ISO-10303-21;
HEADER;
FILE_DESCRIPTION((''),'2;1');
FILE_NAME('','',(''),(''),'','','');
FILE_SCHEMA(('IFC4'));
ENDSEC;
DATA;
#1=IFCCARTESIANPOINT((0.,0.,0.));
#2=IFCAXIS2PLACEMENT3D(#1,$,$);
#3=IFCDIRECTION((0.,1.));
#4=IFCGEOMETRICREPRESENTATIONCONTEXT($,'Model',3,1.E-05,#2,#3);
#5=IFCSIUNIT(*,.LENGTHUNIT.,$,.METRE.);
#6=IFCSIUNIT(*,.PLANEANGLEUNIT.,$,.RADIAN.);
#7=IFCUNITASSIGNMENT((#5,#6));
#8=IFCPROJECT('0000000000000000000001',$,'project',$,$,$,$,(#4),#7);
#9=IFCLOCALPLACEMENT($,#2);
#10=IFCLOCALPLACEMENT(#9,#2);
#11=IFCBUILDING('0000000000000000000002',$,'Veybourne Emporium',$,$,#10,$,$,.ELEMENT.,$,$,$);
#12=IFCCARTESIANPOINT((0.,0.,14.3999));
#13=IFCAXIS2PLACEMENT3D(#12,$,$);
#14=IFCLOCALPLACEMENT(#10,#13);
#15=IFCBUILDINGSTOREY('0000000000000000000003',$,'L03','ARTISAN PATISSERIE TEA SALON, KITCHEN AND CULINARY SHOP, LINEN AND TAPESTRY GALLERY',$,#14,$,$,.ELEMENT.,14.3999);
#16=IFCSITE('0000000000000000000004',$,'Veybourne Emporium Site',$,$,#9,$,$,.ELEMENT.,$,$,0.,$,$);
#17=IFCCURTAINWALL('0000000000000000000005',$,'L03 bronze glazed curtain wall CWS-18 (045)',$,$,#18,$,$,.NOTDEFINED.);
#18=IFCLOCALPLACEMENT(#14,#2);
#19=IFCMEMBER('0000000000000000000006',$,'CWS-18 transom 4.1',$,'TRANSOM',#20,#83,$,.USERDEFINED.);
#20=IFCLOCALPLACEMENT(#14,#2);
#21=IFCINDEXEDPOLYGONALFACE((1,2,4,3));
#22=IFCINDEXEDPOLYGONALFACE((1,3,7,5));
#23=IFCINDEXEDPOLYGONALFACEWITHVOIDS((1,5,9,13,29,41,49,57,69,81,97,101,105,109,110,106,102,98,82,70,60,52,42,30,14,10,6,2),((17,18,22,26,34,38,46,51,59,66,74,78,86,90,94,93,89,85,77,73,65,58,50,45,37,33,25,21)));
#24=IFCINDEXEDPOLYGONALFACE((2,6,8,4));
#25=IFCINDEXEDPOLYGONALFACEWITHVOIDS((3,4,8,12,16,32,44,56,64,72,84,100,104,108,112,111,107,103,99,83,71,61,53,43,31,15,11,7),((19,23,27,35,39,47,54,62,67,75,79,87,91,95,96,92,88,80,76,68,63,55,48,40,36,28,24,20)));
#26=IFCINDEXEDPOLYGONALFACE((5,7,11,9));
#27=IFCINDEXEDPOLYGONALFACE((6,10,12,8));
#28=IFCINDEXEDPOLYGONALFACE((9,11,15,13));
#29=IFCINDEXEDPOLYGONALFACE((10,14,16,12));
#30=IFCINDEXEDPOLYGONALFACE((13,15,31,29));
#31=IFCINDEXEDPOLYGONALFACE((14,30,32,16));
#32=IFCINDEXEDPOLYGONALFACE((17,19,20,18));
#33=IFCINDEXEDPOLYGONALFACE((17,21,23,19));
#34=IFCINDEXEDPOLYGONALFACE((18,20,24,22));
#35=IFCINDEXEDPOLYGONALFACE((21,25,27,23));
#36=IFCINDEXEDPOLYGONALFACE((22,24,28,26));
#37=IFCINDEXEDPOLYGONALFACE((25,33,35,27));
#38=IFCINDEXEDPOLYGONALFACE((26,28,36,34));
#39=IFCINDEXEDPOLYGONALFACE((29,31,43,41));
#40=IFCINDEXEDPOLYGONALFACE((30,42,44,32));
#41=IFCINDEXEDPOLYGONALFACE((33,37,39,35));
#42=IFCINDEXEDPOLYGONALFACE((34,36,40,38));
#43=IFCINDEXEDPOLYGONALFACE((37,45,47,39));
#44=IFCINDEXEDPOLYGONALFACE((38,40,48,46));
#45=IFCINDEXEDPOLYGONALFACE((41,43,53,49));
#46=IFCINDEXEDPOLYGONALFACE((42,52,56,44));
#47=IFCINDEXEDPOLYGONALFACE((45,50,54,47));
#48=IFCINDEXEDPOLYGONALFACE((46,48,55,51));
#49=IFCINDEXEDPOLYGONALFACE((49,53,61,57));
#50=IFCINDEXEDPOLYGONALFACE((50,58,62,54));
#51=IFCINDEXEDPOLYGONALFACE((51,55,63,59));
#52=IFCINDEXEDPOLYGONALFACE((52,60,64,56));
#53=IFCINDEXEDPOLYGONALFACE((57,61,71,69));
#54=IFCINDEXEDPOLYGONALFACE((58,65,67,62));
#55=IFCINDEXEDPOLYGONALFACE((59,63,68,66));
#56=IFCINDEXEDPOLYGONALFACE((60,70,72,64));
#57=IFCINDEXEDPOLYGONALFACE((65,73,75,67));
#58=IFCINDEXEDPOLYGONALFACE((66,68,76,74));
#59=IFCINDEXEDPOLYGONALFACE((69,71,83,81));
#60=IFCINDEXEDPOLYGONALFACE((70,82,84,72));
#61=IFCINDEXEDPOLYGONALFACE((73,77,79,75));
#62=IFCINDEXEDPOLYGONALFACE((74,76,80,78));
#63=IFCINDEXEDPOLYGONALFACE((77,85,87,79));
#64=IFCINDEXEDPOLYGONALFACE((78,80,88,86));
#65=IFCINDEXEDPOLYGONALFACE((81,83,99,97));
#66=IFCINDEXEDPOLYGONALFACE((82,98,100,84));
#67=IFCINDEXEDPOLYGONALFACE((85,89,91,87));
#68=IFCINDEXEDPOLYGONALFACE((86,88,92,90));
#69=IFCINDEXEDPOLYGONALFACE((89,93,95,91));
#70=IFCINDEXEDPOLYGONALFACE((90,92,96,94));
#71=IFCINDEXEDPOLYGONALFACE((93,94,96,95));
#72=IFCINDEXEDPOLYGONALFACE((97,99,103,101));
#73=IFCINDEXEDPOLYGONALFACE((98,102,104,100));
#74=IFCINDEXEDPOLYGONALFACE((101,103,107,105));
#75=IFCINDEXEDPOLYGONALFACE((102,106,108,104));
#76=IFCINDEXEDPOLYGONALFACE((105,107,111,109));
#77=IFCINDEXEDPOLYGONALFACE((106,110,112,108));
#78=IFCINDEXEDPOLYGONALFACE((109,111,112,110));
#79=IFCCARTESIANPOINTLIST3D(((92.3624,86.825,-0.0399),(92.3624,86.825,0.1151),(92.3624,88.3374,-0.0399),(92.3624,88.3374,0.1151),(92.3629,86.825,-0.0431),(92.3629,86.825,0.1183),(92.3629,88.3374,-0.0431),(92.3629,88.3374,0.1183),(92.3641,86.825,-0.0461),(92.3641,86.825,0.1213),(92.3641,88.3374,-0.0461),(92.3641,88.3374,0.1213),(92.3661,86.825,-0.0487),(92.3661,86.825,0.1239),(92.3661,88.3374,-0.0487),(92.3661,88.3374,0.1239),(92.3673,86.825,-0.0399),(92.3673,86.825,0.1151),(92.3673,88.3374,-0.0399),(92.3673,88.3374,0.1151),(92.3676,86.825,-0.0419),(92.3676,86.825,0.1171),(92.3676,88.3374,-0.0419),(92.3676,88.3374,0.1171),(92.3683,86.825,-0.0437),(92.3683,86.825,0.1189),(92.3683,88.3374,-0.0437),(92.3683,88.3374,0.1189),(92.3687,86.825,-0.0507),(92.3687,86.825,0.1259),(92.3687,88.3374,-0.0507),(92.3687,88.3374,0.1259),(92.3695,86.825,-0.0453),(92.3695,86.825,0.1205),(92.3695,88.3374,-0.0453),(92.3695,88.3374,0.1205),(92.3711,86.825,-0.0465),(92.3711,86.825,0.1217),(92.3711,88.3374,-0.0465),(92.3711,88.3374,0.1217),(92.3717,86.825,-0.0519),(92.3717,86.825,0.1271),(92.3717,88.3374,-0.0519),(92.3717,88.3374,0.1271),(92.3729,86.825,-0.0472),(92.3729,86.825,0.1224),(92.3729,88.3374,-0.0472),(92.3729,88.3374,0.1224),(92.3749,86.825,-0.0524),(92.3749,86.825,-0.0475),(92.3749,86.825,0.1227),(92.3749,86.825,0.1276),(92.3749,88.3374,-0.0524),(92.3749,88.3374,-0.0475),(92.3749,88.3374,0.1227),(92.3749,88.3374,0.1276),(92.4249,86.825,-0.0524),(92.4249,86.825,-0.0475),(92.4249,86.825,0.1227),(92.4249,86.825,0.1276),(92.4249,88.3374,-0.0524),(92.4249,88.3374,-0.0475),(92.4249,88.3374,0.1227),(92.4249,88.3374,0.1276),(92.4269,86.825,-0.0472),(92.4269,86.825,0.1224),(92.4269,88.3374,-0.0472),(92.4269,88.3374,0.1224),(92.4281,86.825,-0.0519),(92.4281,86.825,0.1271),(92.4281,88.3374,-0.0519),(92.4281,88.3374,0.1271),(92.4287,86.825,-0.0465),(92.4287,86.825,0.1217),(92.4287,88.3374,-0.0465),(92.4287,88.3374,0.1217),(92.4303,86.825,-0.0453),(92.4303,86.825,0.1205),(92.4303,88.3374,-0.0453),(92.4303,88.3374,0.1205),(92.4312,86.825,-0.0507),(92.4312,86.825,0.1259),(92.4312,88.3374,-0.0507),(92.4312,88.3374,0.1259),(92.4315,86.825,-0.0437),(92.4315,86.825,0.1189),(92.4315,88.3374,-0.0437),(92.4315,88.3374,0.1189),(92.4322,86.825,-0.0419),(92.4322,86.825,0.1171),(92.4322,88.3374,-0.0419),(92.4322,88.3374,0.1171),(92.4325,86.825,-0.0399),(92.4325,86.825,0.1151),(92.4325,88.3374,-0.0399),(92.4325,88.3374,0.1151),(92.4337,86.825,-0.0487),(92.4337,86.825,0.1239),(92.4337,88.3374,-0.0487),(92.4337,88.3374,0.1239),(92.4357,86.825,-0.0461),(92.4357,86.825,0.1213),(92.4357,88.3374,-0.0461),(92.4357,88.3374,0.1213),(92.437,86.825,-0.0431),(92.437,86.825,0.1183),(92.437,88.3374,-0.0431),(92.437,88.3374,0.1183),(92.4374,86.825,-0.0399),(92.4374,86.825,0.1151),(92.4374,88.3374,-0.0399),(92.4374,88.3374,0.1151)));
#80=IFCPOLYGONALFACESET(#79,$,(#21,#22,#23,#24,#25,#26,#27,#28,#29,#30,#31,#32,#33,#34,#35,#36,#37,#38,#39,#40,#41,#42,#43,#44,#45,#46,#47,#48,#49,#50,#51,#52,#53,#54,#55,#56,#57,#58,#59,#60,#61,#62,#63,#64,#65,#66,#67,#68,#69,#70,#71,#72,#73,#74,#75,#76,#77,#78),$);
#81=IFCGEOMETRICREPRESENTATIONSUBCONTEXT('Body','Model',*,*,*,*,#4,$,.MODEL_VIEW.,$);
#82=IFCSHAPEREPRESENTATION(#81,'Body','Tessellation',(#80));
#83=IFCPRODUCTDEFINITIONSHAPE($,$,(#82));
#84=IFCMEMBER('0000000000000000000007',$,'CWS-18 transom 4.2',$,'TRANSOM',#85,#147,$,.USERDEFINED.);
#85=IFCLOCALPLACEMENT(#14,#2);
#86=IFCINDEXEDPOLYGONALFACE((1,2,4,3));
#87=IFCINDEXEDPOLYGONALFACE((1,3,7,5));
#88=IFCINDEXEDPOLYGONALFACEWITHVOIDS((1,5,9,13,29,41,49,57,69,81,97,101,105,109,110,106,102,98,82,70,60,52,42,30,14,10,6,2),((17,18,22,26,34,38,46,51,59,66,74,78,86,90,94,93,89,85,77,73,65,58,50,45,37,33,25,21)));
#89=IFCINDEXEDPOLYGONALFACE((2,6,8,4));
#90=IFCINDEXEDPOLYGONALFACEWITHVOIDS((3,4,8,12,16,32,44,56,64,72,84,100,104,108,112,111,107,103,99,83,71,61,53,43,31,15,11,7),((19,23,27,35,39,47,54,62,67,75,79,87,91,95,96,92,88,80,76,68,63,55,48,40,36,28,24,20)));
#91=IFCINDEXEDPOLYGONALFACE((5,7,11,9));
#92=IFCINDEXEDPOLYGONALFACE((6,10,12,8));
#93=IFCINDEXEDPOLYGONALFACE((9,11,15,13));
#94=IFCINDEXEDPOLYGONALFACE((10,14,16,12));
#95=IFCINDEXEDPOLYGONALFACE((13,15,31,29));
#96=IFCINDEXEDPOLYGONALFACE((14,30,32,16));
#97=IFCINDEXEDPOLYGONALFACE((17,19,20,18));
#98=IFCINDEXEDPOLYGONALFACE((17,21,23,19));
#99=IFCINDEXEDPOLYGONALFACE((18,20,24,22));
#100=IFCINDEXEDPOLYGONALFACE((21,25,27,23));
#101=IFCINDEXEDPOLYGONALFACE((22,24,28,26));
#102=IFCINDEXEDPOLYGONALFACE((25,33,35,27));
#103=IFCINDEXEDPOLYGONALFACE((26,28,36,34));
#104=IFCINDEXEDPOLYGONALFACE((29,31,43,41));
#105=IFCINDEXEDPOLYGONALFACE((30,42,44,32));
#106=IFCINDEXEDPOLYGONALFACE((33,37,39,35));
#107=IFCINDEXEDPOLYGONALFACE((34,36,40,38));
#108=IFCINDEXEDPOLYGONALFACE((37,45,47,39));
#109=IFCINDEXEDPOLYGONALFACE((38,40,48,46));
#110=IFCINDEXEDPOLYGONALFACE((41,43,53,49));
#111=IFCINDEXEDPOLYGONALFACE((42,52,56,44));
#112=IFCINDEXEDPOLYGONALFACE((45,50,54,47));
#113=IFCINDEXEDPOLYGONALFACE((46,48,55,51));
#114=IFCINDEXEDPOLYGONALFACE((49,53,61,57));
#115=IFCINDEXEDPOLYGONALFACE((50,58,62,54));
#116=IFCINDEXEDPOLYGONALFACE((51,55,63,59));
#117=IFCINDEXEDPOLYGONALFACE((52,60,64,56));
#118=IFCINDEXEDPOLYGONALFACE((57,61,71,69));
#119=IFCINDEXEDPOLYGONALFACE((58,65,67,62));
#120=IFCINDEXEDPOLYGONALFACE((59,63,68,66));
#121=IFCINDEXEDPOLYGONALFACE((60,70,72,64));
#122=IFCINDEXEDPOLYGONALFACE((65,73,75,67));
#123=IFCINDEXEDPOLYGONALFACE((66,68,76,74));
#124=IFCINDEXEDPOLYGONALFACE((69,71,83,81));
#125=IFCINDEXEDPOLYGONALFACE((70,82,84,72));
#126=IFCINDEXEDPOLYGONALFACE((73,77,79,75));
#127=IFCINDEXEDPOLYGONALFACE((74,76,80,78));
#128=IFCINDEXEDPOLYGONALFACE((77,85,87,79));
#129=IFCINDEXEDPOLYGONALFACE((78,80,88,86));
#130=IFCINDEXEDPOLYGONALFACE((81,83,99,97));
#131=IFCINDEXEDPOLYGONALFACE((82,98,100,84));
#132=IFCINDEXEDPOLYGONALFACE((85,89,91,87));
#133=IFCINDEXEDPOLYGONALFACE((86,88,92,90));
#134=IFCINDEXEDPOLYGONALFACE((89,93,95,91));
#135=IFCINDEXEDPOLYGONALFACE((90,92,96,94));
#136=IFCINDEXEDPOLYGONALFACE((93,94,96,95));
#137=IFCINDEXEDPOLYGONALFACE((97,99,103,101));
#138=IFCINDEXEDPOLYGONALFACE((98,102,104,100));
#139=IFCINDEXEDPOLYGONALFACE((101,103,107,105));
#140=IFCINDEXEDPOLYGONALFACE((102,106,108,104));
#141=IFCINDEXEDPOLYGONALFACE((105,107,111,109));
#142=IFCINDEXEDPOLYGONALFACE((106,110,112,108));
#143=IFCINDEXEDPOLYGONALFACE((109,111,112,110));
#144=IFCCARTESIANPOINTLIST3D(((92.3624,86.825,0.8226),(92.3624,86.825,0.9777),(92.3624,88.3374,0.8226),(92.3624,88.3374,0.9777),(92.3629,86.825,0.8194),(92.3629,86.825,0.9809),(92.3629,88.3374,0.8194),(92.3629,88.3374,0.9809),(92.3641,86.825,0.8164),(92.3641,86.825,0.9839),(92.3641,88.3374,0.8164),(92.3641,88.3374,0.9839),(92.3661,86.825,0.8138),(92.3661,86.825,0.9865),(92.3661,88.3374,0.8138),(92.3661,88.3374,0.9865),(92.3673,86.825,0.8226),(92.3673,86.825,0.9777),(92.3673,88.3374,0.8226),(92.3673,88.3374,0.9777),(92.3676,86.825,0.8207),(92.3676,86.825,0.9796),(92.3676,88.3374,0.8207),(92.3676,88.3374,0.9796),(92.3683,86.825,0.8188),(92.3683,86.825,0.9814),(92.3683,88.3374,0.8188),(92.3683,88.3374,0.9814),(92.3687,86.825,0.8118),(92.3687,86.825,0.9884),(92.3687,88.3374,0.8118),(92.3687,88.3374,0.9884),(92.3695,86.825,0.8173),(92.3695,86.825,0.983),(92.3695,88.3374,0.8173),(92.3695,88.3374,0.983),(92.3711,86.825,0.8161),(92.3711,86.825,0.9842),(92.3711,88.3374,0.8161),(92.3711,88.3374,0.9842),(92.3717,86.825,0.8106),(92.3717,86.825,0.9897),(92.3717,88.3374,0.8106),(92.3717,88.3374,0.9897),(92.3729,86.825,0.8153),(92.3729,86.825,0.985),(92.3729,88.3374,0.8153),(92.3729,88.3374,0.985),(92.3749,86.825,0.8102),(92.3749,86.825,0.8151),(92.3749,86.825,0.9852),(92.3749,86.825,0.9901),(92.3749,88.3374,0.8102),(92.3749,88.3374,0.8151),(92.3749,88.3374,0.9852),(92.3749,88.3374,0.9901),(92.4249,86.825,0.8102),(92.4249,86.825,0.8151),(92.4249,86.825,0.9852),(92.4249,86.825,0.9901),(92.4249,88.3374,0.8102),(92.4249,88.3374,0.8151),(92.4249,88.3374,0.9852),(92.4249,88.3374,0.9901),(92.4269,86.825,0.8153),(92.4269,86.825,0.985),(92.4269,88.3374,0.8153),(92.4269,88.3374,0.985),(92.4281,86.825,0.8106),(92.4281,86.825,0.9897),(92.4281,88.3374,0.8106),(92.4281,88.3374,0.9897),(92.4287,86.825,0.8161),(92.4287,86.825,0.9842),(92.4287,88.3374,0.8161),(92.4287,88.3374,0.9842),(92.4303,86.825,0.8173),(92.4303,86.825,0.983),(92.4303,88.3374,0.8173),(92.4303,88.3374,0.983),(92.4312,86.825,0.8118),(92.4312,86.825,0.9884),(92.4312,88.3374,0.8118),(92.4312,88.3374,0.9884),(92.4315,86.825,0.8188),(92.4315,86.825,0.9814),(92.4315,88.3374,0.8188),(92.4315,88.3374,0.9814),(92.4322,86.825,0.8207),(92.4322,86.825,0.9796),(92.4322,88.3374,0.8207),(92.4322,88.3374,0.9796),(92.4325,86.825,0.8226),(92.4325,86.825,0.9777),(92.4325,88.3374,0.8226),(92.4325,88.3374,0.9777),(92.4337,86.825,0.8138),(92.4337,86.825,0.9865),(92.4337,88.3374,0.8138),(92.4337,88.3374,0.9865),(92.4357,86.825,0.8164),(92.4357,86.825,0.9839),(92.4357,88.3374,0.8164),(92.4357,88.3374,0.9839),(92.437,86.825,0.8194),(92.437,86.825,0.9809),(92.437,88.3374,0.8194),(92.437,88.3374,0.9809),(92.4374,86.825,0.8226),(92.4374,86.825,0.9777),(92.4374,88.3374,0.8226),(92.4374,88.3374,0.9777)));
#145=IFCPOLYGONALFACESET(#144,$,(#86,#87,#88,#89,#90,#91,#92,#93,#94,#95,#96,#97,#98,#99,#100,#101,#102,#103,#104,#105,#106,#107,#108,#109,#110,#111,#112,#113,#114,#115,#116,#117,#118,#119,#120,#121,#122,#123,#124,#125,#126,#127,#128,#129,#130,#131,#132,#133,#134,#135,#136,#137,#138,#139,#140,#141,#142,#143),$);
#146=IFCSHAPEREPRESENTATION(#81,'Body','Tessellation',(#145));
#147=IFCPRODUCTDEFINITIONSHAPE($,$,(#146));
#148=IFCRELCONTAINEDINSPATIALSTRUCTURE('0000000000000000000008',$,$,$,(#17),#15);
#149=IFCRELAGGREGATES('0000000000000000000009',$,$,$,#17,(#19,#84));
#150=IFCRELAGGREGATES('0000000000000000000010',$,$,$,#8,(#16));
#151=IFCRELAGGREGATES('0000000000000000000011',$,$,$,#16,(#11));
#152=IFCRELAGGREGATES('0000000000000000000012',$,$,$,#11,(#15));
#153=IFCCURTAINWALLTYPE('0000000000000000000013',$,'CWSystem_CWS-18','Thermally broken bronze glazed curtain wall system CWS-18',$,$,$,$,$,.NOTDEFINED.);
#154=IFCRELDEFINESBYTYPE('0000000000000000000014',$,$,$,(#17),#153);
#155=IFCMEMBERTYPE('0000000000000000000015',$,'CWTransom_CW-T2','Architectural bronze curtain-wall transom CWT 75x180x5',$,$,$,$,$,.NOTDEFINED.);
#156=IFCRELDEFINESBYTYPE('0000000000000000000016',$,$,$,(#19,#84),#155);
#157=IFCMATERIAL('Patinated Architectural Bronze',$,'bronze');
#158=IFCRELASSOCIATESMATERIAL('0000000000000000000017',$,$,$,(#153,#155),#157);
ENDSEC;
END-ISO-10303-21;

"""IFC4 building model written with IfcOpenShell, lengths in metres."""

from ifc_helpers import new_model, si_unit, direction, frame, origin, origin_2d, place, context, subcontext, project, spatial, hollow_rectangle, extrude, material, material_profile, profile_set, type_object, element, aggregate, save


model = new_model("IFC4")

# Units and contexts
model_context = context("Model", 3, precision=1e-05, world=origin(), true_north=direction((0.0, 1.0)))
body_context = subcontext(model_context, "Body", "Model", "MODEL_VIEW")
ifc_project = project(units=[si_unit("LENGTHUNIT", "METRE"), si_unit("PLANEANGLEUNIT", "RADIAN")], contexts=[model_context])

# Site, building, storey
site_placement = place(None, origin())
site = spatial("IfcSite", under=ifc_project, at=site_placement, Name="Veybourne Emporium Site", CompositionType="ELEMENT", RefElevation=0.0)
building_placement = place(site_placement, origin())
building = spatial("IfcBuilding", under=site, at=building_placement, Name="Veybourne Emporium", CompositionType="ELEMENT")
storey_placement = place(building_placement, frame((0.0, 0.0, 14.3999)))
storey = spatial("IfcBuildingStorey", under=building, at=storey_placement, Name="L03", Description="ARTISAN PATISSERIE TEA SALON, KITCHEN AND CULINARY SHOP, LINEN AND TAPESTRY GALLERY", CompositionType="ELEMENT", Elevation=14.3999)

# Curtain wall, members
ifc_material_1 = material(Name="Patinated Architectural Bronze", Category="bronze")
curtain_wall_type = type_object("IfcCurtainWallType", Name="CWSystem_CWS-18", Description="Thermally broken bronze glazed curtain wall system CWS-18", PredefinedType="NOTDEFINED", material=ifc_material_1)
curtain_wall_placement = place(storey_placement, origin())
curtain_wall = element("IfcCurtainWall", 1, at=curtain_wall_placement, inside=storey, type_object=curtain_wall_type, Name="L03 bronze glazed curtain wall CWS-18 (045)", PredefinedType="NOTDEFINED")
ifc_material_profile_1 = material_profile(ifc_material_1, hollow_rectangle(XDim=0.075, YDim=0.1799, WallThickness=0.0049, InnerFilletRadius=0.0076, OuterFilletRadius=0.0125, at=origin_2d()), Name="CWT 75x180x5")
ifc_profile_set_1 = profile_set([ifc_material_profile_1], Name="Patinated Architectural Bronze")
member_type_1 = type_object("IfcMemberType", Name="CWTransom_CW-T2", Description="Architectural bronze curtain-wall transom CWT 75x180x5", PredefinedType="NOTDEFINED", material=ifc_profile_set_1)
member_1_placement = place(storey_placement, frame((92.3999, 88.3374, 0.0376), z_axis=(0.0, -1.0, 0.0), x_axis=(1.0, 0.0, 0.0)))
member_1 = element("IfcMember", 2, at=member_1_placement, type_object=member_type_1, Name="CWS-18 transom 4.1", ObjectType="TRANSOM", PredefinedType="USERDEFINED", context=body_context, shape_type="SweptSolid", body=[
    extrude(hollow_rectangle(XDim=0.075, YDim=0.1799, WallThickness=0.0049, InnerFilletRadius=0.0076, OuterFilletRadius=0.0125, at=origin_2d()), origin(), (0.0, 0.0, 1.0), 1.5125),
])
member_2_placement = place(storey_placement, frame((92.3999, 88.3374, 0.9001), z_axis=(0.0, -1.0, 0.0), x_axis=(1.0, 0.0, 0.0)))
member_2 = element("IfcMember", 3, at=member_2_placement, type_object=member_type_1, Name="CWS-18 transom 4.2", ObjectType="TRANSOM", PredefinedType="USERDEFINED", context=body_context, shape_type="SweptSolid", body=[
    extrude(hollow_rectangle(XDim=0.075, YDim=0.1799, WallThickness=0.0049, InnerFilletRadius=0.0076, OuterFilletRadius=0.0125, at=origin_2d()), origin(), (0.0, 0.0, 1.0), 1.5125),
])

aggregate(curtain_wall, [member_1, member_2])

save(model, "model.ifc")
